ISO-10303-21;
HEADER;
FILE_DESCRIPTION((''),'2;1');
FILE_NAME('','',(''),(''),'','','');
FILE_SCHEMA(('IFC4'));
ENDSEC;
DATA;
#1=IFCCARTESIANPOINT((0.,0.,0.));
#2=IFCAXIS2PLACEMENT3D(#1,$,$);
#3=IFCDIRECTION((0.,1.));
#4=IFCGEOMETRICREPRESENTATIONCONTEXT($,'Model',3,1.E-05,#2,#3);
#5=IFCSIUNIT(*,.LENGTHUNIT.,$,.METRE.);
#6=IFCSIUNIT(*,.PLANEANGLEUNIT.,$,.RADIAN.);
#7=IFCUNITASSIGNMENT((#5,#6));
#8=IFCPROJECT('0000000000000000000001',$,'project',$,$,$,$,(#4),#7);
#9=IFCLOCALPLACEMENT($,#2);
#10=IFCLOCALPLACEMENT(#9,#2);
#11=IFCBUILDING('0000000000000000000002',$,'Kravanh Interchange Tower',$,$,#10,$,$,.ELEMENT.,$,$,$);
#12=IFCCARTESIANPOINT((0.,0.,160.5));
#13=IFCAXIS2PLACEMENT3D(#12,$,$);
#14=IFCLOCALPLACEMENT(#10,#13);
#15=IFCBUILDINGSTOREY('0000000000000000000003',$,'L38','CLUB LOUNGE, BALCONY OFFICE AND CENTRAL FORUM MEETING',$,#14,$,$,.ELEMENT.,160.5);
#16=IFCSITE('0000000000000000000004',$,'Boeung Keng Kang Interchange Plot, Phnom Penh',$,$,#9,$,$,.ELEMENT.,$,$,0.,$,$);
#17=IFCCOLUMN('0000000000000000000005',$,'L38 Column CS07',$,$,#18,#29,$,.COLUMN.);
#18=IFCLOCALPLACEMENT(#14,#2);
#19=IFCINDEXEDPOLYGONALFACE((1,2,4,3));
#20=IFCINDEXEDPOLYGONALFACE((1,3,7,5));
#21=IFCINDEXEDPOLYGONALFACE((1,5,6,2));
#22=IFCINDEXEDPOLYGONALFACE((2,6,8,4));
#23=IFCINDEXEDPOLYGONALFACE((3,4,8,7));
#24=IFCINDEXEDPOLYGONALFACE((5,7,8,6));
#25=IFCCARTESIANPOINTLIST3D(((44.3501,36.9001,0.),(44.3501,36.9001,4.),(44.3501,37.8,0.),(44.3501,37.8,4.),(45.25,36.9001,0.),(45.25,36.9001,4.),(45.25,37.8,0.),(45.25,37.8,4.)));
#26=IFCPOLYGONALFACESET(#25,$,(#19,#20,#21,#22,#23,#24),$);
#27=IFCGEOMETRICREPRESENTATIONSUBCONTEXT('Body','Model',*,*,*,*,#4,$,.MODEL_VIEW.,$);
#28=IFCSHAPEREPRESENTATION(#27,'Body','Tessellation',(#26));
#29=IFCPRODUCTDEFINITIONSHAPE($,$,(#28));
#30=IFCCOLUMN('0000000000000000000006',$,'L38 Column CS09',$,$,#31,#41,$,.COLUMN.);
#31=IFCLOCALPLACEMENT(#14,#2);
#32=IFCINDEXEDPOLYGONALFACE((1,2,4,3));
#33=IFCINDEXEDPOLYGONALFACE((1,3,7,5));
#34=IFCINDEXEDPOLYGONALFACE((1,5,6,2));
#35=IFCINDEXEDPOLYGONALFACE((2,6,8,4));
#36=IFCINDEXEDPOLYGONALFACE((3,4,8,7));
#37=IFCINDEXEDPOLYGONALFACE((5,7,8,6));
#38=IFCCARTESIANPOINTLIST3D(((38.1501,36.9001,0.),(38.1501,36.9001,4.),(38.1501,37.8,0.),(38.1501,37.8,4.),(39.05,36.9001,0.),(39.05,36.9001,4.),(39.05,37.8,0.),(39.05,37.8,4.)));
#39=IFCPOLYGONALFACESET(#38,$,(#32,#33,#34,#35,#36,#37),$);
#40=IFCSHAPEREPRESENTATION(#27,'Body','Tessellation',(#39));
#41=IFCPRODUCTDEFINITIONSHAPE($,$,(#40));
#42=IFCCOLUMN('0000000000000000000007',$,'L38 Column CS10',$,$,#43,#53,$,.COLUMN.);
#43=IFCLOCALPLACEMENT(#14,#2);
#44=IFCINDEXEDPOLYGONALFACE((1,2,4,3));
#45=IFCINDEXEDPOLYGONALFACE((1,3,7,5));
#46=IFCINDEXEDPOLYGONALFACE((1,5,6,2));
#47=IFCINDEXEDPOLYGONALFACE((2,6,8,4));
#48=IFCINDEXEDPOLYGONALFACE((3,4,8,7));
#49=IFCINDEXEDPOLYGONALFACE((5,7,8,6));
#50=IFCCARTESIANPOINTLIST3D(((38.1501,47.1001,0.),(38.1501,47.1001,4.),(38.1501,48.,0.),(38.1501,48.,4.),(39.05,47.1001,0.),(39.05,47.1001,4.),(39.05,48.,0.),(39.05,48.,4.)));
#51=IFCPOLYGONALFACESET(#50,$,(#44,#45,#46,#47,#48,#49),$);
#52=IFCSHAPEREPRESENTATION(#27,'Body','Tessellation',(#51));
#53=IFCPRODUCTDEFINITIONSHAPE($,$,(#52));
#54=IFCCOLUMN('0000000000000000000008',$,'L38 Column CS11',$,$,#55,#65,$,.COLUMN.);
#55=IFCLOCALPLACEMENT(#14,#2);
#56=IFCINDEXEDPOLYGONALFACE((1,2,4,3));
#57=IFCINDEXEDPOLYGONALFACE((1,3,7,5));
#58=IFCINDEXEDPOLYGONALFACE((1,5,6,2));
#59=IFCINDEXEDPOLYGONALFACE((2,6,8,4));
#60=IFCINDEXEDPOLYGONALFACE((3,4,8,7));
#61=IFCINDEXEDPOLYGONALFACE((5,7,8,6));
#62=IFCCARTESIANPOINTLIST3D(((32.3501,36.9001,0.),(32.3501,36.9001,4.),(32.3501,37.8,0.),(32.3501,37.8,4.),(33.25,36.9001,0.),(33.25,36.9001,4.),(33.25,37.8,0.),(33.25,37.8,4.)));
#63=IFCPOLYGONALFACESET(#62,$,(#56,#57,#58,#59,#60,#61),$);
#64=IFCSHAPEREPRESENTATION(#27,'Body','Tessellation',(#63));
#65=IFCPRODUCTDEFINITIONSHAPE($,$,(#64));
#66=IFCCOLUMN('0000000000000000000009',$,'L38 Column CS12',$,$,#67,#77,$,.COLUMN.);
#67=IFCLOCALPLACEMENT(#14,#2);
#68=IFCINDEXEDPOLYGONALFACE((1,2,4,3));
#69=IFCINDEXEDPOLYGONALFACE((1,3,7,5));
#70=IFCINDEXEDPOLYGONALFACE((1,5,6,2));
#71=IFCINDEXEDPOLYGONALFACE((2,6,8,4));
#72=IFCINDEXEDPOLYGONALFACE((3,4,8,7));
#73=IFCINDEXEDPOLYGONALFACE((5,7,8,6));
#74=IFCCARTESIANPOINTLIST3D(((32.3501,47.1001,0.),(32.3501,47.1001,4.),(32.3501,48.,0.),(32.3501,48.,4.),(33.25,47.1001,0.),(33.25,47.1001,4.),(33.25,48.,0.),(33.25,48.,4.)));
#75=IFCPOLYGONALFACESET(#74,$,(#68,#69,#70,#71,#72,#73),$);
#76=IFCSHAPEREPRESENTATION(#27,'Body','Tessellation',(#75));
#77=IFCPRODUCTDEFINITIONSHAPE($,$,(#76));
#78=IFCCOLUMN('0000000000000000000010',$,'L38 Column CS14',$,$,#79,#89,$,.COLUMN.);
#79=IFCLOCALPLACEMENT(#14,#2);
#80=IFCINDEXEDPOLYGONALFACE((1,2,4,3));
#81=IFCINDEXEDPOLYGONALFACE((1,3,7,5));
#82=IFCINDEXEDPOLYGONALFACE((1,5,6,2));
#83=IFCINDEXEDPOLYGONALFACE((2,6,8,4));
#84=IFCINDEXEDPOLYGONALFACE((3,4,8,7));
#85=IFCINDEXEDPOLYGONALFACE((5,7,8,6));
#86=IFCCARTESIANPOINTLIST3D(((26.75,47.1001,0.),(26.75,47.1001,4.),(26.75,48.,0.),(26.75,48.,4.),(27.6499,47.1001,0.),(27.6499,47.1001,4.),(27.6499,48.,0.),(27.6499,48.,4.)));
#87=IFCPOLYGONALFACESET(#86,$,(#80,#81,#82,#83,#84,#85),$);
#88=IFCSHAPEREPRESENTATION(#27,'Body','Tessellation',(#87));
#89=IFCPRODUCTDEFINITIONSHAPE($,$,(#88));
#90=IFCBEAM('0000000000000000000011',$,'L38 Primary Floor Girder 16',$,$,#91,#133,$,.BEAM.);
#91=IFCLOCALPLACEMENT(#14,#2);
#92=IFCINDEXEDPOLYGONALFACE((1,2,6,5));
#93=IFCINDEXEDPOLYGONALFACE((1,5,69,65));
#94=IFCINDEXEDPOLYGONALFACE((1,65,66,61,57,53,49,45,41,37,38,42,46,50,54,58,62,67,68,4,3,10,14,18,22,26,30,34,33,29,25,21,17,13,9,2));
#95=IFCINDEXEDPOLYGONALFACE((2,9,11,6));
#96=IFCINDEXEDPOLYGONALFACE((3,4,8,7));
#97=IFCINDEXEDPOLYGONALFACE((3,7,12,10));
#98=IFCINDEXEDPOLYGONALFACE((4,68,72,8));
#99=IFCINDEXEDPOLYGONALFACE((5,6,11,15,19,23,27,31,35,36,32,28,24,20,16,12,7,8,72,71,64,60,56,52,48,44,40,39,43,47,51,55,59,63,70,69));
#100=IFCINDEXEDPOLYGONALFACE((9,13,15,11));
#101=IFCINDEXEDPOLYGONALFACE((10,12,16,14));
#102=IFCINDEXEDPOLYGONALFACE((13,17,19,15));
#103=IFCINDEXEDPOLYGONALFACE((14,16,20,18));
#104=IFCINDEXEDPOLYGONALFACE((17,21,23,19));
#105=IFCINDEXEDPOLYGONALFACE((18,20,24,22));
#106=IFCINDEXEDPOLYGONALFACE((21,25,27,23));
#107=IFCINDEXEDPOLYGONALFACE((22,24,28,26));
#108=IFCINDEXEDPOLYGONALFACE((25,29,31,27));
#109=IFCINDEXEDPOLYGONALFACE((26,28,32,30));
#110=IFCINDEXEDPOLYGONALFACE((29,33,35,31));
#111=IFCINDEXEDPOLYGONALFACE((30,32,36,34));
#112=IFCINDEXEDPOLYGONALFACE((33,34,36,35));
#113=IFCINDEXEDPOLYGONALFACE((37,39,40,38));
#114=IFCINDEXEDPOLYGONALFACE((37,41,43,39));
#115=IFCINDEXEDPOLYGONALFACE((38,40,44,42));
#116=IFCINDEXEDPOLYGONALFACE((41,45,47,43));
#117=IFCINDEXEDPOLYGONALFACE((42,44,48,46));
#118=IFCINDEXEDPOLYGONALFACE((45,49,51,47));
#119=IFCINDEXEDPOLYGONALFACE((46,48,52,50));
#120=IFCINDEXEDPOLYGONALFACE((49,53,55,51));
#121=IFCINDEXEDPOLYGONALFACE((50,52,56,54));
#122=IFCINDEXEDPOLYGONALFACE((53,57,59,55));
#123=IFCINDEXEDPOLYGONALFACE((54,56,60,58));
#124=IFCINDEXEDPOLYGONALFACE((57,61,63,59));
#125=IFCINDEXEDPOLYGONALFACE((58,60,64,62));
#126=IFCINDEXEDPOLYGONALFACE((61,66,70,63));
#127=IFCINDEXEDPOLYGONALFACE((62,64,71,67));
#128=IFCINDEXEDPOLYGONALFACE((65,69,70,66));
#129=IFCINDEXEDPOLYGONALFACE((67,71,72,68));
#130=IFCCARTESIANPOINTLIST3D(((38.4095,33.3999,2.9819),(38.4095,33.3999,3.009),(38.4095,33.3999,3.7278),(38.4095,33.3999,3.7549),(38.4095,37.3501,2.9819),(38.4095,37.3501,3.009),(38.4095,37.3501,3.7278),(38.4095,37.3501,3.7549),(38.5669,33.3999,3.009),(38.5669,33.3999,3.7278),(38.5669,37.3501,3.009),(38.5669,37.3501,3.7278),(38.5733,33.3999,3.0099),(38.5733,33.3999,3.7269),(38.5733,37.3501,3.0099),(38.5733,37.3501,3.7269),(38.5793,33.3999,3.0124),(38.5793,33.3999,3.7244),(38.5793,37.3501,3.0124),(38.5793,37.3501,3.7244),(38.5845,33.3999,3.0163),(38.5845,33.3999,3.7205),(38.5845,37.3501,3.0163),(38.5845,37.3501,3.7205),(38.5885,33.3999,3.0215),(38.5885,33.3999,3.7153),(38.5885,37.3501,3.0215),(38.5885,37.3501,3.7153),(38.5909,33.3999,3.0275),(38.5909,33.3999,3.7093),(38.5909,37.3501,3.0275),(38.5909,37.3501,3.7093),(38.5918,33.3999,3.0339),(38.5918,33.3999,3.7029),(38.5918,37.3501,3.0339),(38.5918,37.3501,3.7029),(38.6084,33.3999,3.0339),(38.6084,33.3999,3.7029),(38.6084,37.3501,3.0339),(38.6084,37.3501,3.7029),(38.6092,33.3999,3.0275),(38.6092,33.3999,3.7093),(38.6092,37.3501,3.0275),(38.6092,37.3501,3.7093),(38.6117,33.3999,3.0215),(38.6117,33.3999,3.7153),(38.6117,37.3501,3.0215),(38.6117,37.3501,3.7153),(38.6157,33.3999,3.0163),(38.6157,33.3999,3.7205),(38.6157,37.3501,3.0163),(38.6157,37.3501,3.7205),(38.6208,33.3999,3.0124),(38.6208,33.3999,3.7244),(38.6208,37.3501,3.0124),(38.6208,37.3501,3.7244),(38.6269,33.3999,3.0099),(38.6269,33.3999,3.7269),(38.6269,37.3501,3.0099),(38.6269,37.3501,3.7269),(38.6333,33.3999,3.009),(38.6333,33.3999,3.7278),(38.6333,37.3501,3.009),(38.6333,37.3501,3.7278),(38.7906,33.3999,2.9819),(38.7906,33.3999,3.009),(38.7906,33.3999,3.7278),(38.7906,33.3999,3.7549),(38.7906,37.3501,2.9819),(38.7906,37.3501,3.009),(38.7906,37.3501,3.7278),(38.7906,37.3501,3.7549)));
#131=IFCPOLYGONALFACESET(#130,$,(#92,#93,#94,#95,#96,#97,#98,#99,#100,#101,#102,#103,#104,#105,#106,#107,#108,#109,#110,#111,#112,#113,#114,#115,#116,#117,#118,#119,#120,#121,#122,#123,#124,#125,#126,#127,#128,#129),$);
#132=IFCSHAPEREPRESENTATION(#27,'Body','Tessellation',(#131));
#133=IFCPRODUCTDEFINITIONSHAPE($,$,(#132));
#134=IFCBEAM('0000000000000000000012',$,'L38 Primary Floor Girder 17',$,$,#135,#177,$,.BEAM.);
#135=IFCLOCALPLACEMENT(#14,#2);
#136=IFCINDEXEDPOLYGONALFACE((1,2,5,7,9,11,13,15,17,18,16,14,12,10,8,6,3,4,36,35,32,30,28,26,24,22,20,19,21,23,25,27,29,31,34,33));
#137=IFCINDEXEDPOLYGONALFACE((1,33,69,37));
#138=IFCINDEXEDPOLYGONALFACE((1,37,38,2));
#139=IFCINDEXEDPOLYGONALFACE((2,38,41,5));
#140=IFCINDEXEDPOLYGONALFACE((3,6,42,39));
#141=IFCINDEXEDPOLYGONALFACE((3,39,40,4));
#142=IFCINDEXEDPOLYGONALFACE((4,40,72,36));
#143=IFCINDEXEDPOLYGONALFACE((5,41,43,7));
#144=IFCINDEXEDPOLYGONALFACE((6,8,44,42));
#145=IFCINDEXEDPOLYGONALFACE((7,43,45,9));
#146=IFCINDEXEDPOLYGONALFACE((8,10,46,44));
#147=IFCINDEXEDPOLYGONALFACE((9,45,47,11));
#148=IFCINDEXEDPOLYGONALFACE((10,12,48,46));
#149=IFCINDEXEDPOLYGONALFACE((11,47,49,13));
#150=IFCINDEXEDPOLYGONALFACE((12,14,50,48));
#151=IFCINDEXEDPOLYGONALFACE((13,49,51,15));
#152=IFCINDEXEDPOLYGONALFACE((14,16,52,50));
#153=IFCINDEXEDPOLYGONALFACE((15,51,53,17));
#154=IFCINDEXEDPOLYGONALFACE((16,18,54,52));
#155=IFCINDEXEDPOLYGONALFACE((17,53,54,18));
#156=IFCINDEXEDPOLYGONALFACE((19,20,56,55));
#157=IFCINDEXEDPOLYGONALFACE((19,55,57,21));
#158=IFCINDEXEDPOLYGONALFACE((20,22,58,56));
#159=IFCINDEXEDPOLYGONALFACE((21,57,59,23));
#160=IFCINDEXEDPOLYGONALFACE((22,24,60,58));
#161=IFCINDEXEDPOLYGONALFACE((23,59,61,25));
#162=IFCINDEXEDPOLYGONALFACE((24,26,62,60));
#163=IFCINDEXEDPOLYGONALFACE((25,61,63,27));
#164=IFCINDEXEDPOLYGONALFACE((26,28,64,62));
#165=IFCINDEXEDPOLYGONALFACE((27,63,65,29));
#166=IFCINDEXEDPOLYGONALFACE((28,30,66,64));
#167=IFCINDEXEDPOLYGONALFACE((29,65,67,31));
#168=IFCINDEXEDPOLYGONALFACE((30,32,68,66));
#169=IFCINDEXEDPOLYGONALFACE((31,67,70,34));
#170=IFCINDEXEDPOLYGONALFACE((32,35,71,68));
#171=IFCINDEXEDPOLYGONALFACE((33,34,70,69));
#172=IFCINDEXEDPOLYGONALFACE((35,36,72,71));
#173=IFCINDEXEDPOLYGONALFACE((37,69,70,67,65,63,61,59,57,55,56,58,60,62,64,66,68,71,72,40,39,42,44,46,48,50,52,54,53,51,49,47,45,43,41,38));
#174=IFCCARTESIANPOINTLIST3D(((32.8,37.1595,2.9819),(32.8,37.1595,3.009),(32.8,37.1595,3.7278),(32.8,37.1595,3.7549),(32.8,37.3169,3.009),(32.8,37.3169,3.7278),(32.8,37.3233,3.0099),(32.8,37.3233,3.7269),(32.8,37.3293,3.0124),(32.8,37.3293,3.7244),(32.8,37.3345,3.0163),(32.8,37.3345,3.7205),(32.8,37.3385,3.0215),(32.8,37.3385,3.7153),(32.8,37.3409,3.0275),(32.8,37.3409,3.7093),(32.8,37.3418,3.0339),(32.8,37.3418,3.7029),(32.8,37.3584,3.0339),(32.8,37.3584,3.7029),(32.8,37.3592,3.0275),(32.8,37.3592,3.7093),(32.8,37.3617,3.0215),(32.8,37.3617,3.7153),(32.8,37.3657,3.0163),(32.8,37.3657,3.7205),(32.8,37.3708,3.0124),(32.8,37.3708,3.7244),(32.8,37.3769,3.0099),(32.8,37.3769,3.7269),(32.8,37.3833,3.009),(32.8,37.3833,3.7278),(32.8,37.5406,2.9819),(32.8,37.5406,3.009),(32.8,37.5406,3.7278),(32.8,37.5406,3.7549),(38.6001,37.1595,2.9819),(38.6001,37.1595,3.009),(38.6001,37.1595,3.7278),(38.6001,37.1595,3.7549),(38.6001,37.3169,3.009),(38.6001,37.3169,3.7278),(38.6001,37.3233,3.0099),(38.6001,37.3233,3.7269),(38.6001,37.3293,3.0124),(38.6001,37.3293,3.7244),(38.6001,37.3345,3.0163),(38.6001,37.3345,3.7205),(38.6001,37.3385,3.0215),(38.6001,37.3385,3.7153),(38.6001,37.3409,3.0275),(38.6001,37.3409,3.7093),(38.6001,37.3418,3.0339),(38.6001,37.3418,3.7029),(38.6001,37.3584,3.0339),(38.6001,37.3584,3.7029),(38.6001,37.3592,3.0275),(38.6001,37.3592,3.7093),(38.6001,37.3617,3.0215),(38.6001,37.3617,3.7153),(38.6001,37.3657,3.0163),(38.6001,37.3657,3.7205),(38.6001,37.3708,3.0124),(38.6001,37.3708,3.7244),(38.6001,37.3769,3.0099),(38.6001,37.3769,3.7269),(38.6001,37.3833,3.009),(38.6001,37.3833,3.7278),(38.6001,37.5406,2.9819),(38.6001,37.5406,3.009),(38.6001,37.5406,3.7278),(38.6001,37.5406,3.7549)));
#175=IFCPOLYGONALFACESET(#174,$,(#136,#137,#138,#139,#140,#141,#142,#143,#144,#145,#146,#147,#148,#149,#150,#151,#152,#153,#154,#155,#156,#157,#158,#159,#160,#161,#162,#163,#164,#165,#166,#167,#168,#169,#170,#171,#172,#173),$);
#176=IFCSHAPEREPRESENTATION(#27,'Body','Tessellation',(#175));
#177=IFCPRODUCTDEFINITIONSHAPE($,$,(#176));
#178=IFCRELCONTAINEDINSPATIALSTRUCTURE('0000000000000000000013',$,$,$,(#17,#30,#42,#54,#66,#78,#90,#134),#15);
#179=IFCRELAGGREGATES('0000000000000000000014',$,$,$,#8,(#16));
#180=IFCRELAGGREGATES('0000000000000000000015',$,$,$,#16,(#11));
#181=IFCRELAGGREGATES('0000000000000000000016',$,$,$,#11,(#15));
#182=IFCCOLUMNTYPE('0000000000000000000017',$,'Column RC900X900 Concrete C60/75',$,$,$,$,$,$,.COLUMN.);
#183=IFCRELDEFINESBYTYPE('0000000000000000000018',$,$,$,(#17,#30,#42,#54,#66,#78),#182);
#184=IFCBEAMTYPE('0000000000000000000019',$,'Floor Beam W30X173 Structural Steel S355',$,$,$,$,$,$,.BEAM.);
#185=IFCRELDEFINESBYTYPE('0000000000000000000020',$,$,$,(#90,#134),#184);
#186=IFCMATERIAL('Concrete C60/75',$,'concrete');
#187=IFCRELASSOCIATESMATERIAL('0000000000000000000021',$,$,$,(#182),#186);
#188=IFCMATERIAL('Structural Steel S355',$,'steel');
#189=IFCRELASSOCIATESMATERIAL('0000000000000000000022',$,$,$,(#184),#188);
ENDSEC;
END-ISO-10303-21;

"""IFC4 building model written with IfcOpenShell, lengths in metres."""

from ifc_helpers import new_model, si_unit, direction, frame, origin, origin_2d, place, context, subcontext, project, spatial, rectangle, i_section, extrude, material, material_profile, profile_set, type_object, element, save


model = new_model("IFC4")

# Units and contexts
model_context = context("Model", 3, precision=1e-05, world=origin(), true_north=direction((0.0, 1.0)))
body_context = subcontext(model_context, "Body", "Model", "MODEL_VIEW")
ifc_project = project(units=[si_unit("LENGTHUNIT", "METRE"), si_unit("PLANEANGLEUNIT", "RADIAN")], contexts=[model_context])

# Site, building, storey
site_placement = place(None, origin())
site = spatial("IfcSite", under=ifc_project, at=site_placement, Name="Boeung Keng Kang Interchange Plot, Phnom Penh", CompositionType="ELEMENT", RefElevation=0.0)
building_placement = place(site_placement, origin())
building = spatial("IfcBuilding", under=site, at=building_placement, Name="Kravanh Interchange Tower", CompositionType="ELEMENT")
storey_placement = place(building_placement, frame((0.0, 0.0, 160.5)))
storey = spatial("IfcBuildingStorey", under=building, at=storey_placement, Name="L38", Description="CLUB LOUNGE, BALCONY OFFICE AND CENTRAL FORUM MEETING", CompositionType="ELEMENT", Elevation=160.5)

# Columns
ifc_material_1 = material(Name="Concrete C60/75", Category="concrete")
ifc_material_profile_1 = material_profile(ifc_material_1, rectangle(XDim=0.8999, YDim=0.8999, at=origin_2d()), Name="RC900X900")
ifc_profile_set_1 = profile_set([ifc_material_profile_1], Name="Concrete C60/75")
column_type = type_object("IfcColumnType", Name="Column RC900X900 Concrete C60/75", PredefinedType="COLUMN", material=ifc_profile_set_1)
for number, where, z_axis, x_axis, name in (
    (1, (44.8, 37.3501, 0.0), (0.0, 0.0, 1.0), (1.0, 0.0, 0.0), "L38 Column CS07"),
    (2, (38.6001, 37.3501, 0.0), (0.0, 0.0, 1.0), (1.0, 0.0, 0.0), "L38 Column CS09"),
    (3, (38.6001, 47.55, 0.0), (0.0, 0.0, 1.0), (1.0, 0.0, 0.0), "L38 Column CS10"),
    (4, (32.8, 37.3501, 0.0), (0.0, 0.0, 1.0), (1.0, 0.0, 0.0), "L38 Column CS11"),
    (5, (32.8, 47.55, 0.0), (0.0, 0.0, 1.0), (1.0, 0.0, 0.0), "L38 Column CS12"),
    (6, (27.2, 47.55, 0.0), (0.0, 0.0, 1.0), (1.0, 0.0, 0.0), "L38 Column CS14"),
):
    element("IfcColumn", number, at=place(storey_placement, frame(where, z_axis=z_axis, x_axis=x_axis)), inside=storey, type_object=column_type, Name=name, PredefinedType="COLUMN", context=body_context, shape_type="SweptSolid", body=[
        extrude(rectangle(XDim=0.8999, YDim=0.8999, at=origin_2d()), origin(), (0.0, 0.0, 1.0), 4.0),
    ])

# Beams
ifc_material_2 = material(Name="Structural Steel S355", Category="steel")
ifc_material_profile_2 = material_profile(ifc_material_2, i_section(OverallWidth=0.3811, OverallDepth=0.7729, WebThickness=0.0166, FlangeThickness=0.0271, FilletRadius=0.0249, at=origin_2d()), Name="W30X173")
ifc_profile_set_2 = profile_set([ifc_material_profile_2], Name="Structural Steel S355")
beam_type = type_object("IfcBeamType", Name="Floor Beam W30X173 Structural Steel S355", PredefinedType="BEAM", material=ifc_profile_set_2)
beam_1_placement = place(storey_placement, frame((38.6001, 37.3501, 3.3684), z_axis=(0.0, -1.0, 0.0), x_axis=(1.0, 0.0, 0.0)))
element("IfcBeam", 7, at=beam_1_placement, inside=storey, type_object=beam_type, Name="L38 Primary Floor Girder 16", PredefinedType="BEAM", context=body_context, shape_type="SweptSolid", body=[
    extrude(i_section(OverallWidth=0.3811, OverallDepth=0.7729, WebThickness=0.0166, FlangeThickness=0.0271, FilletRadius=0.0249, at=origin_2d()), origin(), (0.0, 0.0, 1.0), 3.9502),
])
beam_2_placement = place(storey_placement, frame((38.6001, 37.3501, 3.3684), z_axis=(-1.0, 0.0, 0.0), x_axis=(0.0, -1.0, 0.0)))
element("IfcBeam", 8, at=beam_2_placement, inside=storey, type_object=beam_type, Name="L38 Primary Floor Girder 17", PredefinedType="BEAM", context=body_context, shape_type="SweptSolid", body=[
    extrude(i_section(OverallWidth=0.3811, OverallDepth=0.7729, WebThickness=0.0166, FlangeThickness=0.0271, FilletRadius=0.0249, at=origin_2d()), origin(), (0.0, 0.0, 1.0), 5.8),
])

save(model, "model.ifc")
